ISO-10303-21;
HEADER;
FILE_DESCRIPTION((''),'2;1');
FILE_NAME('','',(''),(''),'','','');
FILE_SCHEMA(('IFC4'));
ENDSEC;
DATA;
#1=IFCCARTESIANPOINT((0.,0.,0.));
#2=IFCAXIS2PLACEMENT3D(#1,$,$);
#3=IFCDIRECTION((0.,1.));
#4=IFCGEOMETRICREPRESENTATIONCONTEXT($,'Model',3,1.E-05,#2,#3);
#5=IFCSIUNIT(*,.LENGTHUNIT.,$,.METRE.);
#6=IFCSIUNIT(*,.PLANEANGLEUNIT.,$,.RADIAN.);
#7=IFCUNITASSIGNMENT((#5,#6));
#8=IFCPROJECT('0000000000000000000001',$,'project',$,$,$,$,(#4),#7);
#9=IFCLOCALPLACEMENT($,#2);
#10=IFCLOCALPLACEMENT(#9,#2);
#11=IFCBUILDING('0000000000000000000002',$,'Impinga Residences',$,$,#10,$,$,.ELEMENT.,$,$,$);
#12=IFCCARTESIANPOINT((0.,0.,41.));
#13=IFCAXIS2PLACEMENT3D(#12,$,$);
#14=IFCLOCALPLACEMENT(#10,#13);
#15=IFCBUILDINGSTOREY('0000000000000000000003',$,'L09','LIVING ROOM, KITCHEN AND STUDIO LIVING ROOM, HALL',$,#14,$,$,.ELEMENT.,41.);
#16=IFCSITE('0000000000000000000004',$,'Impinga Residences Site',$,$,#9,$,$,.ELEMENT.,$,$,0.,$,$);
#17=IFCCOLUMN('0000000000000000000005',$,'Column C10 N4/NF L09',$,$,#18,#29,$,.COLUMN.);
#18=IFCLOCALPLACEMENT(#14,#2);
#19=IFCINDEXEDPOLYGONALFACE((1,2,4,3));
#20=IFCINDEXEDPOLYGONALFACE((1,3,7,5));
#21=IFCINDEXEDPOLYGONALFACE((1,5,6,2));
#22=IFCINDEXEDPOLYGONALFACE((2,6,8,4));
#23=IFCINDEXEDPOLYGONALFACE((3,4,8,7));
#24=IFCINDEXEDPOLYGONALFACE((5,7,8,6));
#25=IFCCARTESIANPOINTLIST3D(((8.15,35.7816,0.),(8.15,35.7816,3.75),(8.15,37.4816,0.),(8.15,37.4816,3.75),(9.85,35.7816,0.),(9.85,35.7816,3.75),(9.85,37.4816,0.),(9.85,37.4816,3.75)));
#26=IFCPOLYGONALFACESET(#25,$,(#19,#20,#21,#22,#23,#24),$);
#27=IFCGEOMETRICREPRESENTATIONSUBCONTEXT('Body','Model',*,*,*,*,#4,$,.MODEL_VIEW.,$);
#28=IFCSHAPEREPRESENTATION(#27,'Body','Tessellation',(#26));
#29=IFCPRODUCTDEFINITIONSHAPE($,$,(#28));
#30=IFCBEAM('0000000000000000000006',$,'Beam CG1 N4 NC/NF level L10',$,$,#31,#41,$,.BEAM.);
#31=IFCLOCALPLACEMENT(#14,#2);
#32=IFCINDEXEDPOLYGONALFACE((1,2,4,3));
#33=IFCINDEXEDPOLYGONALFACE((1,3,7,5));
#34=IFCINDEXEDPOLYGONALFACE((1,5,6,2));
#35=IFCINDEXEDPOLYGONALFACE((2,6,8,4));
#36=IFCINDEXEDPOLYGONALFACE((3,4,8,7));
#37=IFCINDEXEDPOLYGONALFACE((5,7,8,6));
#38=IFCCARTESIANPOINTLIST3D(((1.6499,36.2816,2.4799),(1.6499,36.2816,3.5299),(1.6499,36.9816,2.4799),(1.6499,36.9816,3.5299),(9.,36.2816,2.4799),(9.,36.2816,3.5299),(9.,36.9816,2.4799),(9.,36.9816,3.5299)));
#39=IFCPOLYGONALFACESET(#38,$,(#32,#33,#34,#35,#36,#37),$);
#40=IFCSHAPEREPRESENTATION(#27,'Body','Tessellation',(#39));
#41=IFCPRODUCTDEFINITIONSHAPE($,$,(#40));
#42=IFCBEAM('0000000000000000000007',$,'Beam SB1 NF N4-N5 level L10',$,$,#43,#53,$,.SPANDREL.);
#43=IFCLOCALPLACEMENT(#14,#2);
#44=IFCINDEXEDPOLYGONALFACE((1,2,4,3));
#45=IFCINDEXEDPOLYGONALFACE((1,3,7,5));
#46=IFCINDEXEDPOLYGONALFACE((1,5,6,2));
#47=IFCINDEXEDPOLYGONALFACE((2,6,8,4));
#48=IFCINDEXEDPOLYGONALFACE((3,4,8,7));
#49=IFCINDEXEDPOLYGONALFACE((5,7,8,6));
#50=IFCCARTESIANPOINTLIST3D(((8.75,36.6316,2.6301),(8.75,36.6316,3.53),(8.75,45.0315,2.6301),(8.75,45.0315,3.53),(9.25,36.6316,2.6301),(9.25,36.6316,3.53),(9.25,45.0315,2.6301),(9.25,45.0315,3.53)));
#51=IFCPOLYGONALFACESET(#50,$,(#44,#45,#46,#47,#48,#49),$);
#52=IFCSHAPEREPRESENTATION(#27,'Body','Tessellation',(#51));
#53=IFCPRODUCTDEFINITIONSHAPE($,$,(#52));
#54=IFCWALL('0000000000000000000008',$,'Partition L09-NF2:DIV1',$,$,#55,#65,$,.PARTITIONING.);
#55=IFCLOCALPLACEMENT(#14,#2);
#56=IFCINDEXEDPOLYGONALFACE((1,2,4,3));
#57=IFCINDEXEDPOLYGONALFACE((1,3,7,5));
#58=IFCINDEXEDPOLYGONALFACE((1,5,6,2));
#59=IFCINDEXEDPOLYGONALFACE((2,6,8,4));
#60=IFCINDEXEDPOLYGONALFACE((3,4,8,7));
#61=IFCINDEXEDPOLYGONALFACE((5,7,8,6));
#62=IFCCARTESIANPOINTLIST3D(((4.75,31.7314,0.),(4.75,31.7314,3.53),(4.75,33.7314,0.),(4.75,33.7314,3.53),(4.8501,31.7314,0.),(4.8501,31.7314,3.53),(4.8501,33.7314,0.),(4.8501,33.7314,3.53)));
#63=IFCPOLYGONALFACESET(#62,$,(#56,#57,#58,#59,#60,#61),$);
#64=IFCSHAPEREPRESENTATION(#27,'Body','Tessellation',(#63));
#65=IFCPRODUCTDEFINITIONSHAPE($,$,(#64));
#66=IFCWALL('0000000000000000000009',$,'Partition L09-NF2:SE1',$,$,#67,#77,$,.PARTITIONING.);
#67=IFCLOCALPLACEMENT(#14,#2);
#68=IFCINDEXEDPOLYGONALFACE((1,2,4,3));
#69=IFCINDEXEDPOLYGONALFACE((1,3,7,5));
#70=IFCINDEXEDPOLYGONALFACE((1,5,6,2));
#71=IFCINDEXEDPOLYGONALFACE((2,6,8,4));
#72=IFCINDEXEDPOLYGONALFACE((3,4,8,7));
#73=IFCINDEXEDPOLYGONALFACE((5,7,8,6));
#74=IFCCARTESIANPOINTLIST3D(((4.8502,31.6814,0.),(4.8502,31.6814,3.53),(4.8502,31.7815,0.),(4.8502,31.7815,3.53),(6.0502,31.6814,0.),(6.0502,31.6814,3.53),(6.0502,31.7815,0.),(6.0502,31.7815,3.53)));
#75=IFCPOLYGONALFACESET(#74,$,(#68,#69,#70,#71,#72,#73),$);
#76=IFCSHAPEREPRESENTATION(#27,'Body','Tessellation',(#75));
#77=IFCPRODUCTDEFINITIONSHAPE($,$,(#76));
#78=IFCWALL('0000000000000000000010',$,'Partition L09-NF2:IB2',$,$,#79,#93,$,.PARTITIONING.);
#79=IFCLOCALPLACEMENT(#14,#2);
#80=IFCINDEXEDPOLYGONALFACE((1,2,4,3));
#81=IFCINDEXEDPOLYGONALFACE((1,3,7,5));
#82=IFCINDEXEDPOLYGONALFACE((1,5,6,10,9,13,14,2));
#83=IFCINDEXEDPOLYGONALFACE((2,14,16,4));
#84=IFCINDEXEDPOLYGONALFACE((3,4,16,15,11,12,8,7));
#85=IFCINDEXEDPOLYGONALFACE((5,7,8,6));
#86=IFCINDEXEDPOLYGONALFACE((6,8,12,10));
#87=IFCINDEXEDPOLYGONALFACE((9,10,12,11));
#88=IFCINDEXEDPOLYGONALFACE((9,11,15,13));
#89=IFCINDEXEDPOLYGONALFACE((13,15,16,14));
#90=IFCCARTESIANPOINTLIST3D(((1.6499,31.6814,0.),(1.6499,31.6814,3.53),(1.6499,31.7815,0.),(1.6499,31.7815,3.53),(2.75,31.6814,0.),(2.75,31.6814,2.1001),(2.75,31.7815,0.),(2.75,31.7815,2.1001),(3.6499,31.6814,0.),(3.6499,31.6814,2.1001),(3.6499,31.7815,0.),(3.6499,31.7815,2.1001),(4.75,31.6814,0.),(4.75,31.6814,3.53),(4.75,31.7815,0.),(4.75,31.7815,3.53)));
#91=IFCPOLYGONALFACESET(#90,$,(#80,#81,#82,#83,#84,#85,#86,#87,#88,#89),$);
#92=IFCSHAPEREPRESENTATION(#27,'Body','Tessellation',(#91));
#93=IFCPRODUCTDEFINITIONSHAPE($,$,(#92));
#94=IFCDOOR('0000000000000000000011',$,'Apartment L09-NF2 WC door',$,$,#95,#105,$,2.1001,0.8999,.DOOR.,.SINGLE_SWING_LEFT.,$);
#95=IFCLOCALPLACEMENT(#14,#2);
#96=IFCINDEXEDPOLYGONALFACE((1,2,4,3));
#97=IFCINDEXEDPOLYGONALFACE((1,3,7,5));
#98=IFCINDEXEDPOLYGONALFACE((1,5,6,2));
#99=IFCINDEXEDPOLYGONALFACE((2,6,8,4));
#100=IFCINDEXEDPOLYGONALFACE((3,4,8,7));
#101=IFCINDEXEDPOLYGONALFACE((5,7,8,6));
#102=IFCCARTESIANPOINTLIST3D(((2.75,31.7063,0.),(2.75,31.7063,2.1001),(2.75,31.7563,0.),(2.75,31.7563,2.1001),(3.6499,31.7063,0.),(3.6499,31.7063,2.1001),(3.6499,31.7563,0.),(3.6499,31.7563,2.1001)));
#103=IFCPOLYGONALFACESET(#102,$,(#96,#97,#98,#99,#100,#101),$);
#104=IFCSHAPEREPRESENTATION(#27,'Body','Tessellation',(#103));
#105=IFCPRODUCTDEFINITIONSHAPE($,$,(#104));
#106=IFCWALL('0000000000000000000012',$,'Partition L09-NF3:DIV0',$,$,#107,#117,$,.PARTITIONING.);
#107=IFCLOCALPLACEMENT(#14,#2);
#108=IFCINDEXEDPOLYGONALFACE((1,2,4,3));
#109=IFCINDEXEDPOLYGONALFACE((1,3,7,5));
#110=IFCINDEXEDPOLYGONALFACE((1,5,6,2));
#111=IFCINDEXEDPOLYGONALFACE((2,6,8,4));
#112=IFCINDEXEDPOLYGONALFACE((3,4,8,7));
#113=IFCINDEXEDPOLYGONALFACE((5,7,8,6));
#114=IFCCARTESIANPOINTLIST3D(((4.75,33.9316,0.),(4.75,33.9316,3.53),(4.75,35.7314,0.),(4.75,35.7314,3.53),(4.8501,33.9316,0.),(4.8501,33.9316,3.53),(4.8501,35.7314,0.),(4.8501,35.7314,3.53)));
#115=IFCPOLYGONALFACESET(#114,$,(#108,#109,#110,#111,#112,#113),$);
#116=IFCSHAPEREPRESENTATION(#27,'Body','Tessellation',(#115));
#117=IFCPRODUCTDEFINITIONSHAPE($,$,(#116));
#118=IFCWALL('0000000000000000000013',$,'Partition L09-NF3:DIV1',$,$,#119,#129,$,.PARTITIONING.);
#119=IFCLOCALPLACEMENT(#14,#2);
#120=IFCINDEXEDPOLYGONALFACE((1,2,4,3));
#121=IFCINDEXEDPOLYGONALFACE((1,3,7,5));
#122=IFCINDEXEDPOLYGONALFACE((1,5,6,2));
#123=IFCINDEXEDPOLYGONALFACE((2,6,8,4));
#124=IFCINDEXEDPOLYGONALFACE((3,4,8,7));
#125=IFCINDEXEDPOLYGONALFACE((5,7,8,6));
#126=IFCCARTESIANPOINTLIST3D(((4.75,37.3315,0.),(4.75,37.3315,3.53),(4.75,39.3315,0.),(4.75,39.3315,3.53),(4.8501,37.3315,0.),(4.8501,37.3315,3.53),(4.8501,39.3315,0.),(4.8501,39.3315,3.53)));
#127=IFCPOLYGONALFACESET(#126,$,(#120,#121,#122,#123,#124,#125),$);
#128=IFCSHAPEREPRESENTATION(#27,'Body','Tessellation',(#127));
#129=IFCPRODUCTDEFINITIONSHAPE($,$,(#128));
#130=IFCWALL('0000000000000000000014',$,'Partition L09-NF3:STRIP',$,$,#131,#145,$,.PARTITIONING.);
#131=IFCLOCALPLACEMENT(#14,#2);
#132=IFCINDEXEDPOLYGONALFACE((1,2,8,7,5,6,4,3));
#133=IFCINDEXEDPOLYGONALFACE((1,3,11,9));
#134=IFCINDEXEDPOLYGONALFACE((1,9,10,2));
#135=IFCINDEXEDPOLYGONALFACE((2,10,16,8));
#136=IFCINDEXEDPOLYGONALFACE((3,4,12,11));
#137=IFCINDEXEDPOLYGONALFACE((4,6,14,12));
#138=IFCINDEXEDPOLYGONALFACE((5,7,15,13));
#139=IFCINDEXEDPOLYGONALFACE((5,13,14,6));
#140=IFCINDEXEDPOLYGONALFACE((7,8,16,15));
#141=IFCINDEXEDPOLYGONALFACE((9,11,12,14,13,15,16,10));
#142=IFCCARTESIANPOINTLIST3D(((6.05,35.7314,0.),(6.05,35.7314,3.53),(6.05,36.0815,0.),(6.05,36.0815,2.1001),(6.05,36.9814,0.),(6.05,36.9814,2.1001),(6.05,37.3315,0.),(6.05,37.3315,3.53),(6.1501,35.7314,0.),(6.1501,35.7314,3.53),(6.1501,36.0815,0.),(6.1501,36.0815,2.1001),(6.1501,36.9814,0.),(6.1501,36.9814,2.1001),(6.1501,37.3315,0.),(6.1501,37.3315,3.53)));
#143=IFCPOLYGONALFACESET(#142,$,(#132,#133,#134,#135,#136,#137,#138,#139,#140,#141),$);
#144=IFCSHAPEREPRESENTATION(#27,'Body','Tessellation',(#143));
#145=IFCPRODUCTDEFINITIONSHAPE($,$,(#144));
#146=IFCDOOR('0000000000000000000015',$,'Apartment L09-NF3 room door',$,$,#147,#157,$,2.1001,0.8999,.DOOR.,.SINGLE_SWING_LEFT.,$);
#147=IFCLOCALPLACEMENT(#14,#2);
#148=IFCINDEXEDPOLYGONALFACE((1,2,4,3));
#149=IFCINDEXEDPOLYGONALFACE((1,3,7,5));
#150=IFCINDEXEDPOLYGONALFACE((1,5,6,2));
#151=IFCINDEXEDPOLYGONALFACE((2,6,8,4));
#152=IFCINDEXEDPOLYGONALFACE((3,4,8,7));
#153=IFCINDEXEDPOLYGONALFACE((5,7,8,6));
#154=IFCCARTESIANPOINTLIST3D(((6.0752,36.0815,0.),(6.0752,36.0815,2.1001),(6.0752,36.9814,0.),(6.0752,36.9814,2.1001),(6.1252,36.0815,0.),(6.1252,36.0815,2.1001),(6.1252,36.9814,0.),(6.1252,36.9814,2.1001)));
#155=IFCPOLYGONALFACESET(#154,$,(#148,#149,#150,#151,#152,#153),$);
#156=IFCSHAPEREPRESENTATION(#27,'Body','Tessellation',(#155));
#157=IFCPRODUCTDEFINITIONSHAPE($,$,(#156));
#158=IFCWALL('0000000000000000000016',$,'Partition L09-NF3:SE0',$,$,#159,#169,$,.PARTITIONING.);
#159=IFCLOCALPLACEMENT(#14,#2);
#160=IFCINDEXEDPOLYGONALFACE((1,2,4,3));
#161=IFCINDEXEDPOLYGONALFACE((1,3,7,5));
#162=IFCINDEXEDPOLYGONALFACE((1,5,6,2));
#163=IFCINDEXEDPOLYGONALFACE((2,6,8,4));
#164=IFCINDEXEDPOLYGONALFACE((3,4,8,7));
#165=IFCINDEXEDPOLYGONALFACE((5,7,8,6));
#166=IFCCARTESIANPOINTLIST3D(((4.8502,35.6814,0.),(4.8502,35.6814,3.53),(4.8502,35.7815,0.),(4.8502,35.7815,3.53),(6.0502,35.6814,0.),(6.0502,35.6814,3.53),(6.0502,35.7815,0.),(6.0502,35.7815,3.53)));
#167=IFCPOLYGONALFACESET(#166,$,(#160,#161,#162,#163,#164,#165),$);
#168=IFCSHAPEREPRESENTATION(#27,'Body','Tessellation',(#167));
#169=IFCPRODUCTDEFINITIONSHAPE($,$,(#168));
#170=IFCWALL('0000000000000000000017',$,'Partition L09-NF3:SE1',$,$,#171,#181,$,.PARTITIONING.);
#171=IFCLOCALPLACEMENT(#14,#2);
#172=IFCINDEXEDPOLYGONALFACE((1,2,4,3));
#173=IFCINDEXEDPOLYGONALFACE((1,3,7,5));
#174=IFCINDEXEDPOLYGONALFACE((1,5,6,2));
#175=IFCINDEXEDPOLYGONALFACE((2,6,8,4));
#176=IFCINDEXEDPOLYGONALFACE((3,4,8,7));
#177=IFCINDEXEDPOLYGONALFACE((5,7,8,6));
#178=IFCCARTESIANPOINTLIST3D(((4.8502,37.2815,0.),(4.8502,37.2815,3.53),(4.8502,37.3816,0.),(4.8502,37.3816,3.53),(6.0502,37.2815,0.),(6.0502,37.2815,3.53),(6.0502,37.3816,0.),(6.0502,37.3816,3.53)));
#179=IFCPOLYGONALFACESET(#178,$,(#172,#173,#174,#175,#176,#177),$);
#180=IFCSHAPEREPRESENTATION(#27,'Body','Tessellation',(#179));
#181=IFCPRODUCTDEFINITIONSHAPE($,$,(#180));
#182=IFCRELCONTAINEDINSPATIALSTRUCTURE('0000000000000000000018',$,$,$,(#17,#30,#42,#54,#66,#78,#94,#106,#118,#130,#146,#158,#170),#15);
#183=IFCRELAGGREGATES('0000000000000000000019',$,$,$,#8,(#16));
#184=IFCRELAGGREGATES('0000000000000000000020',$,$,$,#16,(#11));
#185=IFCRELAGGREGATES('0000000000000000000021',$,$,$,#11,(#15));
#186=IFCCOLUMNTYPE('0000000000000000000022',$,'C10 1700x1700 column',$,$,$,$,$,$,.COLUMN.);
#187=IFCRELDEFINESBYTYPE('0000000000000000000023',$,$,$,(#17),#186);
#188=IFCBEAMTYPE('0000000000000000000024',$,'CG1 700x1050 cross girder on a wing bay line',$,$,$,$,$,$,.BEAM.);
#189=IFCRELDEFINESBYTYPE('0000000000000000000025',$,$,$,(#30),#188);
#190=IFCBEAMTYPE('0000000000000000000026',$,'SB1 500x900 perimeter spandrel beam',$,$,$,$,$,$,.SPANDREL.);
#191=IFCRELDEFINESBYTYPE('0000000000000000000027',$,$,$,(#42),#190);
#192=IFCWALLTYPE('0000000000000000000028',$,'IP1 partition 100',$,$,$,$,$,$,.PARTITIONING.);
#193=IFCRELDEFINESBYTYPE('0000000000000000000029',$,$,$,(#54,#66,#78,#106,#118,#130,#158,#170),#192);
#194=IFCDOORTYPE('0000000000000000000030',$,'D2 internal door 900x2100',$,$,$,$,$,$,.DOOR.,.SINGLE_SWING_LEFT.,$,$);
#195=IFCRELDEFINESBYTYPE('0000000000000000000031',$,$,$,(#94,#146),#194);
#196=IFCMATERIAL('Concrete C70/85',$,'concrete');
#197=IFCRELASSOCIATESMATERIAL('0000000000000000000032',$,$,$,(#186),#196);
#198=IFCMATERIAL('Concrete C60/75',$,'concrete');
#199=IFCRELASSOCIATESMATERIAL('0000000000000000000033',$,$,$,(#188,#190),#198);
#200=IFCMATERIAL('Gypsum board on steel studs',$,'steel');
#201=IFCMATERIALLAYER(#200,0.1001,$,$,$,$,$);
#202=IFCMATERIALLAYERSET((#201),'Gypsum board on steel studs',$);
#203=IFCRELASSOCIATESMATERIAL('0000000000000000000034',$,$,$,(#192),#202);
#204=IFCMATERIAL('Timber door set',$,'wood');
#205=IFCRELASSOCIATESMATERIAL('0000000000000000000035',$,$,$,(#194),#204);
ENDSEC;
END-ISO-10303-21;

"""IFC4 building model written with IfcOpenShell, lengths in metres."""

from ifc_helpers import new_model, si_unit, direction, frame, frame_2d, origin, origin_2d, place, context, subcontext, project, spatial, rectangle, extrude, material, layer, layer_set, material_profile, profile_set, type_object, element, fill, save


model = new_model("IFC4")

# Units and contexts
model_context = context("Model", 3, precision=1e-05, world=origin(), true_north=direction((0.0, 1.0)))
body_context = subcontext(model_context, "Body", "Model", "MODEL_VIEW")
ifc_project = project(units=[si_unit("LENGTHUNIT", "METRE"), si_unit("PLANEANGLEUNIT", "RADIAN")], contexts=[model_context])

# Site, building, storey
site_placement = place(None, origin())
site = spatial("IfcSite", under=ifc_project, at=site_placement, Name="Impinga Residences Site", CompositionType="ELEMENT", RefElevation=0.0)
building_placement = place(site_placement, origin())
building = spatial("IfcBuilding", under=site, at=building_placement, Name="Impinga Residences", CompositionType="ELEMENT")
storey_placement = place(building_placement, frame((0.0, 0.0, 41.0)))
storey = spatial("IfcBuildingStorey", under=building, at=storey_placement, Name="L09", Description="LIVING ROOM, KITCHEN AND STUDIO LIVING ROOM, HALL", CompositionType="ELEMENT", Elevation=41.0)

# Column
ifc_material_1 = material(Name="Concrete C70/85", Category="concrete")
ifc_material_profile_1 = material_profile(ifc_material_1, rectangle(XDim=1.7, YDim=1.7, at=origin_2d()), Name="RC 1700x1700")
ifc_profile_set_1 = profile_set([ifc_material_profile_1], Name="Concrete C70/85")
column_type = type_object("IfcColumnType", Name="C10 1700x1700 column", PredefinedType="COLUMN", material=ifc_profile_set_1)
column_placement = place(storey_placement, frame((9.0, 36.6316, 0.0), z_axis=(0.0, 0.0, 1.0), x_axis=(1.0, 0.0, 0.0)))
element("IfcColumn", 1, at=column_placement, inside=storey, type_object=column_type, Name="Column C10 N4/NF L09", PredefinedType="COLUMN", context=body_context, shape_type="SweptSolid", body=[
    extrude(rectangle(XDim=1.7, YDim=1.7, at=origin_2d()), origin(), (0.0, 0.0, 1.0), 3.75),
])

# Beams
ifc_material_2 = material(Name="Concrete C60/75", Category="concrete")
ifc_material_profile_2 = material_profile(ifc_material_2, rectangle(XDim=0.7, YDim=1.05, at=origin_2d()), Name="RC 700x1050")
ifc_profile_set_2 = profile_set([ifc_material_profile_2], Name="Concrete C60/75")
beam_type_1 = type_object("IfcBeamType", Name="CG1 700x1050 cross girder on a wing bay line", PredefinedType="BEAM", material=ifc_profile_set_2)
beam_1_placement = place(storey_placement, frame((1.6499, 36.6316, 3.0049), z_axis=(1.0, 0.0, 0.0), x_axis=(0.0, 1.0, 0.0)))
element("IfcBeam", 2, at=beam_1_placement, inside=storey, type_object=beam_type_1, Name="Beam CG1 N4 NC/NF level L10", PredefinedType="BEAM", context=body_context, shape_type="SweptSolid", body=[
    extrude(rectangle(XDim=0.7, YDim=1.05, at=origin_2d()), origin(), (0.0, 0.0, 1.0), 7.3501),
])
ifc_material_profile_3 = material_profile(ifc_material_2, rectangle(XDim=0.5, YDim=0.8999, at=origin_2d()), Name="RC 500x900")
ifc_profile_set_3 = profile_set([ifc_material_profile_3], Name="Concrete C60/75")
beam_type_2 = type_object("IfcBeamType", Name="SB1 500x900 perimeter spandrel beam", PredefinedType="SPANDREL", material=ifc_profile_set_3)
beam_2_placement = place(storey_placement, frame((9.0, 36.6316, 3.0801), z_axis=(0.0, 1.0, 0.0), x_axis=(-1.0, 0.0, 0.0)))
element("IfcBeam", 3, at=beam_2_placement, inside=storey, type_object=beam_type_2, Name="Beam SB1 NF N4-N5 level L10", PredefinedType="SPANDREL", context=body_context, shape_type="SweptSolid", body=[
    extrude(rectangle(XDim=0.5, YDim=0.8999, at=origin_2d()), origin(), (0.0, 0.0, 1.0), 8.3999),
])

# Walls
ifc_material_3 = material(Name="Gypsum board on steel studs", Category="steel")
ifc_layer_1 = layer(ifc_material_3, 0.1001)
ifc_layer_set_1 = layer_set([ifc_layer_1], Name="Gypsum board on steel studs")
wall_type_1 = type_object("IfcWallType", Name="IP1 partition 100", PredefinedType="PARTITIONING", material=ifc_layer_set_1)
wall_1_placement = place(storey_placement, frame((4.8, 31.7314, 0.0), z_axis=(0.0, 0.0, 1.0), x_axis=(0.0, 1.0, 0.0)))
element("IfcWall", 4, at=wall_1_placement, inside=storey, type_object=wall_type_1, Name="Partition L09-NF2:DIV1", PredefinedType="PARTITIONING", context=body_context, shape_type="SweptSolid", body=[
    extrude(rectangle(XDim=2.0, YDim=0.1001, at=frame_2d((1.0, 0.0))), origin(), (0.0, 0.0, 1.0), 3.53),
])
wall_2_placement = place(storey_placement, frame((4.8501, 31.7314, 0.0), z_axis=(0.0, 0.0, 1.0), x_axis=(1.0, 0.0, 0.0)))
element("IfcWall", 5, at=wall_2_placement, inside=storey, type_object=wall_type_1, Name="Partition L09-NF2:SE1", PredefinedType="PARTITIONING", context=body_context, shape_type="SweptSolid", body=[
    extrude(rectangle(XDim=1.2, YDim=0.1001, at=frame_2d((0.6001, 0.0))), origin(), (0.0, 0.0, 1.0), 3.53),
])

# Wall, opening, door
wall_3_placement = place(storey_placement, frame((1.6499, 31.7314, 0.0), z_axis=(0.0, 0.0, 1.0), x_axis=(1.0, 0.0, 0.0)))
wall_3 = element("IfcWall", 6, at=wall_3_placement, inside=storey, type_object=wall_type_1, Name="Partition L09-NF2:IB2", PredefinedType="PARTITIONING", context=body_context, shape_type="SweptSolid", body=[
    extrude(rectangle(XDim=3.1001, YDim=0.1001, at=frame_2d((1.55, 0.0))), origin(), (0.0, 0.0, 1.0), 3.53),
])
opening_1_placement = place(wall_3_placement, frame((1.1001, 0.0, 0.0)))
opening_1 = element("IfcOpeningElement", 7, at=opening_1_placement, cuts=wall_3, PredefinedType="OPENING", context=body_context, shape_type="SweptSolid", body=[
    extrude(rectangle(XDim=0.8999, YDim=2.1001, at=frame_2d((0.45, 1.05))), frame((0.0, 0.0601, 0.0), z_axis=(0.0, -1.0, 0.0), x_axis=(1.0, 0.0, 0.0)), (0.0, 0.0, 1.0), 0.1201),
])
ifc_material_4 = material(Name="Timber door set", Category="wood")
door_type = type_object("IfcDoorType", Name="D2 internal door 900x2100", OperationType="SINGLE_SWING_LEFT", PredefinedType="DOOR", material=ifc_material_4)
door_1_placement = place(opening_1_placement, origin())
door_1 = element("IfcDoor", 8, at=door_1_placement, inside=storey, type_object=door_type, Name="Apartment L09-NF2 WC door", OperationType="SINGLE_SWING_LEFT", OverallHeight=2.1001, OverallWidth=0.8999, PredefinedType="DOOR", context=body_context, shape_type="SweptSolid", body=[
    extrude(rectangle(XDim=0.8999, YDim=2.1001, at=frame_2d((0.45, 1.05))), frame((0.0, 0.0249, 0.0), z_axis=(0.0, -1.0, 0.0), x_axis=(1.0, 0.0, 0.0)), (0.0, 0.0, 1.0), 0.05),
])
fill(opening_1, door_1)

# Walls
wall_4_placement = place(storey_placement, frame((4.8, 33.9316, 0.0), z_axis=(0.0, 0.0, 1.0), x_axis=(0.0, 1.0, 0.0)))
element("IfcWall", 9, at=wall_4_placement, inside=storey, type_object=wall_type_1, Name="Partition L09-NF3:DIV0", PredefinedType="PARTITIONING", context=body_context, shape_type="SweptSolid", body=[
    extrude(rectangle(XDim=1.7998, YDim=0.1001, at=frame_2d((0.8999, 0.0))), origin(), (0.0, 0.0, 1.0), 3.53),
])
wall_5_placement = place(storey_placement, frame((4.8, 37.3315, 0.0), z_axis=(0.0, 0.0, 1.0), x_axis=(0.0, 1.0, 0.0)))
element("IfcWall", 10, at=wall_5_placement, inside=storey, type_object=wall_type_1, Name="Partition L09-NF3:DIV1", PredefinedType="PARTITIONING", context=body_context, shape_type="SweptSolid", body=[
    extrude(rectangle(XDim=2.0, YDim=0.1001, at=frame_2d((1.0, 0.0))), origin(), (0.0, 0.0, 1.0), 3.53),
])

# Wall, opening, door
wall_6_placement = place(storey_placement, frame((6.1001, 35.7314, 0.0), z_axis=(0.0, 0.0, 1.0), x_axis=(0.0, 1.0, 0.0)))
wall_6 = element("IfcWall", 11, at=wall_6_placement, inside=storey, type_object=wall_type_1, Name="Partition L09-NF3:STRIP", PredefinedType="PARTITIONING", context=body_context, shape_type="SweptSolid", body=[
    extrude(rectangle(XDim=1.6001, YDim=0.1001, at=frame_2d((0.8, 0.0))), origin(), (0.0, 0.0, 1.0), 3.53),
])
opening_2_placement = place(wall_6_placement, frame((0.3501, 0.0, 0.0)))
opening_2 = element("IfcOpeningElement", 12, at=opening_2_placement, cuts=wall_6, PredefinedType="OPENING", context=body_context, shape_type="SweptSolid", body=[
    extrude(rectangle(XDim=0.8999, YDim=2.1001, at=frame_2d((0.45, 1.05))), frame((0.0, 0.0601, 0.0), z_axis=(0.0, -1.0, 0.0), x_axis=(1.0, 0.0, 0.0)), (0.0, 0.0, 1.0), 0.1201),
])
door_2_placement = place(opening_2_placement, origin())
door_2 = element("IfcDoor", 13, at=door_2_placement, inside=storey, type_object=door_type, Name="Apartment L09-NF3 room door", OperationType="SINGLE_SWING_LEFT", OverallHeight=2.1001, OverallWidth=0.8999, PredefinedType="DOOR", context=body_context, shape_type="SweptSolid", body=[
    extrude(rectangle(XDim=0.8999, YDim=2.1001, at=frame_2d((0.45, 1.05))), frame((0.0, 0.0249, 0.0), z_axis=(0.0, -1.0, 0.0), x_axis=(1.0, 0.0, 0.0)), (0.0, 0.0, 1.0), 0.05),
])
fill(opening_2, door_2)

# Walls
for number, where, z_axis, x_axis, name in (
    (14, (4.8501, 35.7314, 0.0), (0.0, 0.0, 1.0), (1.0, 0.0, 0.0), "Partition L09-NF3:SE0"),
    (15, (4.8501, 37.3315, 0.0), (0.0, 0.0, 1.0), (1.0, 0.0, 0.0), "Partition L09-NF3:SE1"),
):
    element("IfcWall", number, at=place(storey_placement, frame(where, z_axis=z_axis, x_axis=x_axis)), inside=storey, type_object=wall_type_1, Name=name, PredefinedType="PARTITIONING", context=body_context, shape_type="SweptSolid", body=[
        extrude(rectangle(XDim=1.2, YDim=0.1001, at=frame_2d((0.6001, 0.0))), origin(), (0.0, 0.0, 1.0), 3.53),
    ])

save(model, "model.ifc")
